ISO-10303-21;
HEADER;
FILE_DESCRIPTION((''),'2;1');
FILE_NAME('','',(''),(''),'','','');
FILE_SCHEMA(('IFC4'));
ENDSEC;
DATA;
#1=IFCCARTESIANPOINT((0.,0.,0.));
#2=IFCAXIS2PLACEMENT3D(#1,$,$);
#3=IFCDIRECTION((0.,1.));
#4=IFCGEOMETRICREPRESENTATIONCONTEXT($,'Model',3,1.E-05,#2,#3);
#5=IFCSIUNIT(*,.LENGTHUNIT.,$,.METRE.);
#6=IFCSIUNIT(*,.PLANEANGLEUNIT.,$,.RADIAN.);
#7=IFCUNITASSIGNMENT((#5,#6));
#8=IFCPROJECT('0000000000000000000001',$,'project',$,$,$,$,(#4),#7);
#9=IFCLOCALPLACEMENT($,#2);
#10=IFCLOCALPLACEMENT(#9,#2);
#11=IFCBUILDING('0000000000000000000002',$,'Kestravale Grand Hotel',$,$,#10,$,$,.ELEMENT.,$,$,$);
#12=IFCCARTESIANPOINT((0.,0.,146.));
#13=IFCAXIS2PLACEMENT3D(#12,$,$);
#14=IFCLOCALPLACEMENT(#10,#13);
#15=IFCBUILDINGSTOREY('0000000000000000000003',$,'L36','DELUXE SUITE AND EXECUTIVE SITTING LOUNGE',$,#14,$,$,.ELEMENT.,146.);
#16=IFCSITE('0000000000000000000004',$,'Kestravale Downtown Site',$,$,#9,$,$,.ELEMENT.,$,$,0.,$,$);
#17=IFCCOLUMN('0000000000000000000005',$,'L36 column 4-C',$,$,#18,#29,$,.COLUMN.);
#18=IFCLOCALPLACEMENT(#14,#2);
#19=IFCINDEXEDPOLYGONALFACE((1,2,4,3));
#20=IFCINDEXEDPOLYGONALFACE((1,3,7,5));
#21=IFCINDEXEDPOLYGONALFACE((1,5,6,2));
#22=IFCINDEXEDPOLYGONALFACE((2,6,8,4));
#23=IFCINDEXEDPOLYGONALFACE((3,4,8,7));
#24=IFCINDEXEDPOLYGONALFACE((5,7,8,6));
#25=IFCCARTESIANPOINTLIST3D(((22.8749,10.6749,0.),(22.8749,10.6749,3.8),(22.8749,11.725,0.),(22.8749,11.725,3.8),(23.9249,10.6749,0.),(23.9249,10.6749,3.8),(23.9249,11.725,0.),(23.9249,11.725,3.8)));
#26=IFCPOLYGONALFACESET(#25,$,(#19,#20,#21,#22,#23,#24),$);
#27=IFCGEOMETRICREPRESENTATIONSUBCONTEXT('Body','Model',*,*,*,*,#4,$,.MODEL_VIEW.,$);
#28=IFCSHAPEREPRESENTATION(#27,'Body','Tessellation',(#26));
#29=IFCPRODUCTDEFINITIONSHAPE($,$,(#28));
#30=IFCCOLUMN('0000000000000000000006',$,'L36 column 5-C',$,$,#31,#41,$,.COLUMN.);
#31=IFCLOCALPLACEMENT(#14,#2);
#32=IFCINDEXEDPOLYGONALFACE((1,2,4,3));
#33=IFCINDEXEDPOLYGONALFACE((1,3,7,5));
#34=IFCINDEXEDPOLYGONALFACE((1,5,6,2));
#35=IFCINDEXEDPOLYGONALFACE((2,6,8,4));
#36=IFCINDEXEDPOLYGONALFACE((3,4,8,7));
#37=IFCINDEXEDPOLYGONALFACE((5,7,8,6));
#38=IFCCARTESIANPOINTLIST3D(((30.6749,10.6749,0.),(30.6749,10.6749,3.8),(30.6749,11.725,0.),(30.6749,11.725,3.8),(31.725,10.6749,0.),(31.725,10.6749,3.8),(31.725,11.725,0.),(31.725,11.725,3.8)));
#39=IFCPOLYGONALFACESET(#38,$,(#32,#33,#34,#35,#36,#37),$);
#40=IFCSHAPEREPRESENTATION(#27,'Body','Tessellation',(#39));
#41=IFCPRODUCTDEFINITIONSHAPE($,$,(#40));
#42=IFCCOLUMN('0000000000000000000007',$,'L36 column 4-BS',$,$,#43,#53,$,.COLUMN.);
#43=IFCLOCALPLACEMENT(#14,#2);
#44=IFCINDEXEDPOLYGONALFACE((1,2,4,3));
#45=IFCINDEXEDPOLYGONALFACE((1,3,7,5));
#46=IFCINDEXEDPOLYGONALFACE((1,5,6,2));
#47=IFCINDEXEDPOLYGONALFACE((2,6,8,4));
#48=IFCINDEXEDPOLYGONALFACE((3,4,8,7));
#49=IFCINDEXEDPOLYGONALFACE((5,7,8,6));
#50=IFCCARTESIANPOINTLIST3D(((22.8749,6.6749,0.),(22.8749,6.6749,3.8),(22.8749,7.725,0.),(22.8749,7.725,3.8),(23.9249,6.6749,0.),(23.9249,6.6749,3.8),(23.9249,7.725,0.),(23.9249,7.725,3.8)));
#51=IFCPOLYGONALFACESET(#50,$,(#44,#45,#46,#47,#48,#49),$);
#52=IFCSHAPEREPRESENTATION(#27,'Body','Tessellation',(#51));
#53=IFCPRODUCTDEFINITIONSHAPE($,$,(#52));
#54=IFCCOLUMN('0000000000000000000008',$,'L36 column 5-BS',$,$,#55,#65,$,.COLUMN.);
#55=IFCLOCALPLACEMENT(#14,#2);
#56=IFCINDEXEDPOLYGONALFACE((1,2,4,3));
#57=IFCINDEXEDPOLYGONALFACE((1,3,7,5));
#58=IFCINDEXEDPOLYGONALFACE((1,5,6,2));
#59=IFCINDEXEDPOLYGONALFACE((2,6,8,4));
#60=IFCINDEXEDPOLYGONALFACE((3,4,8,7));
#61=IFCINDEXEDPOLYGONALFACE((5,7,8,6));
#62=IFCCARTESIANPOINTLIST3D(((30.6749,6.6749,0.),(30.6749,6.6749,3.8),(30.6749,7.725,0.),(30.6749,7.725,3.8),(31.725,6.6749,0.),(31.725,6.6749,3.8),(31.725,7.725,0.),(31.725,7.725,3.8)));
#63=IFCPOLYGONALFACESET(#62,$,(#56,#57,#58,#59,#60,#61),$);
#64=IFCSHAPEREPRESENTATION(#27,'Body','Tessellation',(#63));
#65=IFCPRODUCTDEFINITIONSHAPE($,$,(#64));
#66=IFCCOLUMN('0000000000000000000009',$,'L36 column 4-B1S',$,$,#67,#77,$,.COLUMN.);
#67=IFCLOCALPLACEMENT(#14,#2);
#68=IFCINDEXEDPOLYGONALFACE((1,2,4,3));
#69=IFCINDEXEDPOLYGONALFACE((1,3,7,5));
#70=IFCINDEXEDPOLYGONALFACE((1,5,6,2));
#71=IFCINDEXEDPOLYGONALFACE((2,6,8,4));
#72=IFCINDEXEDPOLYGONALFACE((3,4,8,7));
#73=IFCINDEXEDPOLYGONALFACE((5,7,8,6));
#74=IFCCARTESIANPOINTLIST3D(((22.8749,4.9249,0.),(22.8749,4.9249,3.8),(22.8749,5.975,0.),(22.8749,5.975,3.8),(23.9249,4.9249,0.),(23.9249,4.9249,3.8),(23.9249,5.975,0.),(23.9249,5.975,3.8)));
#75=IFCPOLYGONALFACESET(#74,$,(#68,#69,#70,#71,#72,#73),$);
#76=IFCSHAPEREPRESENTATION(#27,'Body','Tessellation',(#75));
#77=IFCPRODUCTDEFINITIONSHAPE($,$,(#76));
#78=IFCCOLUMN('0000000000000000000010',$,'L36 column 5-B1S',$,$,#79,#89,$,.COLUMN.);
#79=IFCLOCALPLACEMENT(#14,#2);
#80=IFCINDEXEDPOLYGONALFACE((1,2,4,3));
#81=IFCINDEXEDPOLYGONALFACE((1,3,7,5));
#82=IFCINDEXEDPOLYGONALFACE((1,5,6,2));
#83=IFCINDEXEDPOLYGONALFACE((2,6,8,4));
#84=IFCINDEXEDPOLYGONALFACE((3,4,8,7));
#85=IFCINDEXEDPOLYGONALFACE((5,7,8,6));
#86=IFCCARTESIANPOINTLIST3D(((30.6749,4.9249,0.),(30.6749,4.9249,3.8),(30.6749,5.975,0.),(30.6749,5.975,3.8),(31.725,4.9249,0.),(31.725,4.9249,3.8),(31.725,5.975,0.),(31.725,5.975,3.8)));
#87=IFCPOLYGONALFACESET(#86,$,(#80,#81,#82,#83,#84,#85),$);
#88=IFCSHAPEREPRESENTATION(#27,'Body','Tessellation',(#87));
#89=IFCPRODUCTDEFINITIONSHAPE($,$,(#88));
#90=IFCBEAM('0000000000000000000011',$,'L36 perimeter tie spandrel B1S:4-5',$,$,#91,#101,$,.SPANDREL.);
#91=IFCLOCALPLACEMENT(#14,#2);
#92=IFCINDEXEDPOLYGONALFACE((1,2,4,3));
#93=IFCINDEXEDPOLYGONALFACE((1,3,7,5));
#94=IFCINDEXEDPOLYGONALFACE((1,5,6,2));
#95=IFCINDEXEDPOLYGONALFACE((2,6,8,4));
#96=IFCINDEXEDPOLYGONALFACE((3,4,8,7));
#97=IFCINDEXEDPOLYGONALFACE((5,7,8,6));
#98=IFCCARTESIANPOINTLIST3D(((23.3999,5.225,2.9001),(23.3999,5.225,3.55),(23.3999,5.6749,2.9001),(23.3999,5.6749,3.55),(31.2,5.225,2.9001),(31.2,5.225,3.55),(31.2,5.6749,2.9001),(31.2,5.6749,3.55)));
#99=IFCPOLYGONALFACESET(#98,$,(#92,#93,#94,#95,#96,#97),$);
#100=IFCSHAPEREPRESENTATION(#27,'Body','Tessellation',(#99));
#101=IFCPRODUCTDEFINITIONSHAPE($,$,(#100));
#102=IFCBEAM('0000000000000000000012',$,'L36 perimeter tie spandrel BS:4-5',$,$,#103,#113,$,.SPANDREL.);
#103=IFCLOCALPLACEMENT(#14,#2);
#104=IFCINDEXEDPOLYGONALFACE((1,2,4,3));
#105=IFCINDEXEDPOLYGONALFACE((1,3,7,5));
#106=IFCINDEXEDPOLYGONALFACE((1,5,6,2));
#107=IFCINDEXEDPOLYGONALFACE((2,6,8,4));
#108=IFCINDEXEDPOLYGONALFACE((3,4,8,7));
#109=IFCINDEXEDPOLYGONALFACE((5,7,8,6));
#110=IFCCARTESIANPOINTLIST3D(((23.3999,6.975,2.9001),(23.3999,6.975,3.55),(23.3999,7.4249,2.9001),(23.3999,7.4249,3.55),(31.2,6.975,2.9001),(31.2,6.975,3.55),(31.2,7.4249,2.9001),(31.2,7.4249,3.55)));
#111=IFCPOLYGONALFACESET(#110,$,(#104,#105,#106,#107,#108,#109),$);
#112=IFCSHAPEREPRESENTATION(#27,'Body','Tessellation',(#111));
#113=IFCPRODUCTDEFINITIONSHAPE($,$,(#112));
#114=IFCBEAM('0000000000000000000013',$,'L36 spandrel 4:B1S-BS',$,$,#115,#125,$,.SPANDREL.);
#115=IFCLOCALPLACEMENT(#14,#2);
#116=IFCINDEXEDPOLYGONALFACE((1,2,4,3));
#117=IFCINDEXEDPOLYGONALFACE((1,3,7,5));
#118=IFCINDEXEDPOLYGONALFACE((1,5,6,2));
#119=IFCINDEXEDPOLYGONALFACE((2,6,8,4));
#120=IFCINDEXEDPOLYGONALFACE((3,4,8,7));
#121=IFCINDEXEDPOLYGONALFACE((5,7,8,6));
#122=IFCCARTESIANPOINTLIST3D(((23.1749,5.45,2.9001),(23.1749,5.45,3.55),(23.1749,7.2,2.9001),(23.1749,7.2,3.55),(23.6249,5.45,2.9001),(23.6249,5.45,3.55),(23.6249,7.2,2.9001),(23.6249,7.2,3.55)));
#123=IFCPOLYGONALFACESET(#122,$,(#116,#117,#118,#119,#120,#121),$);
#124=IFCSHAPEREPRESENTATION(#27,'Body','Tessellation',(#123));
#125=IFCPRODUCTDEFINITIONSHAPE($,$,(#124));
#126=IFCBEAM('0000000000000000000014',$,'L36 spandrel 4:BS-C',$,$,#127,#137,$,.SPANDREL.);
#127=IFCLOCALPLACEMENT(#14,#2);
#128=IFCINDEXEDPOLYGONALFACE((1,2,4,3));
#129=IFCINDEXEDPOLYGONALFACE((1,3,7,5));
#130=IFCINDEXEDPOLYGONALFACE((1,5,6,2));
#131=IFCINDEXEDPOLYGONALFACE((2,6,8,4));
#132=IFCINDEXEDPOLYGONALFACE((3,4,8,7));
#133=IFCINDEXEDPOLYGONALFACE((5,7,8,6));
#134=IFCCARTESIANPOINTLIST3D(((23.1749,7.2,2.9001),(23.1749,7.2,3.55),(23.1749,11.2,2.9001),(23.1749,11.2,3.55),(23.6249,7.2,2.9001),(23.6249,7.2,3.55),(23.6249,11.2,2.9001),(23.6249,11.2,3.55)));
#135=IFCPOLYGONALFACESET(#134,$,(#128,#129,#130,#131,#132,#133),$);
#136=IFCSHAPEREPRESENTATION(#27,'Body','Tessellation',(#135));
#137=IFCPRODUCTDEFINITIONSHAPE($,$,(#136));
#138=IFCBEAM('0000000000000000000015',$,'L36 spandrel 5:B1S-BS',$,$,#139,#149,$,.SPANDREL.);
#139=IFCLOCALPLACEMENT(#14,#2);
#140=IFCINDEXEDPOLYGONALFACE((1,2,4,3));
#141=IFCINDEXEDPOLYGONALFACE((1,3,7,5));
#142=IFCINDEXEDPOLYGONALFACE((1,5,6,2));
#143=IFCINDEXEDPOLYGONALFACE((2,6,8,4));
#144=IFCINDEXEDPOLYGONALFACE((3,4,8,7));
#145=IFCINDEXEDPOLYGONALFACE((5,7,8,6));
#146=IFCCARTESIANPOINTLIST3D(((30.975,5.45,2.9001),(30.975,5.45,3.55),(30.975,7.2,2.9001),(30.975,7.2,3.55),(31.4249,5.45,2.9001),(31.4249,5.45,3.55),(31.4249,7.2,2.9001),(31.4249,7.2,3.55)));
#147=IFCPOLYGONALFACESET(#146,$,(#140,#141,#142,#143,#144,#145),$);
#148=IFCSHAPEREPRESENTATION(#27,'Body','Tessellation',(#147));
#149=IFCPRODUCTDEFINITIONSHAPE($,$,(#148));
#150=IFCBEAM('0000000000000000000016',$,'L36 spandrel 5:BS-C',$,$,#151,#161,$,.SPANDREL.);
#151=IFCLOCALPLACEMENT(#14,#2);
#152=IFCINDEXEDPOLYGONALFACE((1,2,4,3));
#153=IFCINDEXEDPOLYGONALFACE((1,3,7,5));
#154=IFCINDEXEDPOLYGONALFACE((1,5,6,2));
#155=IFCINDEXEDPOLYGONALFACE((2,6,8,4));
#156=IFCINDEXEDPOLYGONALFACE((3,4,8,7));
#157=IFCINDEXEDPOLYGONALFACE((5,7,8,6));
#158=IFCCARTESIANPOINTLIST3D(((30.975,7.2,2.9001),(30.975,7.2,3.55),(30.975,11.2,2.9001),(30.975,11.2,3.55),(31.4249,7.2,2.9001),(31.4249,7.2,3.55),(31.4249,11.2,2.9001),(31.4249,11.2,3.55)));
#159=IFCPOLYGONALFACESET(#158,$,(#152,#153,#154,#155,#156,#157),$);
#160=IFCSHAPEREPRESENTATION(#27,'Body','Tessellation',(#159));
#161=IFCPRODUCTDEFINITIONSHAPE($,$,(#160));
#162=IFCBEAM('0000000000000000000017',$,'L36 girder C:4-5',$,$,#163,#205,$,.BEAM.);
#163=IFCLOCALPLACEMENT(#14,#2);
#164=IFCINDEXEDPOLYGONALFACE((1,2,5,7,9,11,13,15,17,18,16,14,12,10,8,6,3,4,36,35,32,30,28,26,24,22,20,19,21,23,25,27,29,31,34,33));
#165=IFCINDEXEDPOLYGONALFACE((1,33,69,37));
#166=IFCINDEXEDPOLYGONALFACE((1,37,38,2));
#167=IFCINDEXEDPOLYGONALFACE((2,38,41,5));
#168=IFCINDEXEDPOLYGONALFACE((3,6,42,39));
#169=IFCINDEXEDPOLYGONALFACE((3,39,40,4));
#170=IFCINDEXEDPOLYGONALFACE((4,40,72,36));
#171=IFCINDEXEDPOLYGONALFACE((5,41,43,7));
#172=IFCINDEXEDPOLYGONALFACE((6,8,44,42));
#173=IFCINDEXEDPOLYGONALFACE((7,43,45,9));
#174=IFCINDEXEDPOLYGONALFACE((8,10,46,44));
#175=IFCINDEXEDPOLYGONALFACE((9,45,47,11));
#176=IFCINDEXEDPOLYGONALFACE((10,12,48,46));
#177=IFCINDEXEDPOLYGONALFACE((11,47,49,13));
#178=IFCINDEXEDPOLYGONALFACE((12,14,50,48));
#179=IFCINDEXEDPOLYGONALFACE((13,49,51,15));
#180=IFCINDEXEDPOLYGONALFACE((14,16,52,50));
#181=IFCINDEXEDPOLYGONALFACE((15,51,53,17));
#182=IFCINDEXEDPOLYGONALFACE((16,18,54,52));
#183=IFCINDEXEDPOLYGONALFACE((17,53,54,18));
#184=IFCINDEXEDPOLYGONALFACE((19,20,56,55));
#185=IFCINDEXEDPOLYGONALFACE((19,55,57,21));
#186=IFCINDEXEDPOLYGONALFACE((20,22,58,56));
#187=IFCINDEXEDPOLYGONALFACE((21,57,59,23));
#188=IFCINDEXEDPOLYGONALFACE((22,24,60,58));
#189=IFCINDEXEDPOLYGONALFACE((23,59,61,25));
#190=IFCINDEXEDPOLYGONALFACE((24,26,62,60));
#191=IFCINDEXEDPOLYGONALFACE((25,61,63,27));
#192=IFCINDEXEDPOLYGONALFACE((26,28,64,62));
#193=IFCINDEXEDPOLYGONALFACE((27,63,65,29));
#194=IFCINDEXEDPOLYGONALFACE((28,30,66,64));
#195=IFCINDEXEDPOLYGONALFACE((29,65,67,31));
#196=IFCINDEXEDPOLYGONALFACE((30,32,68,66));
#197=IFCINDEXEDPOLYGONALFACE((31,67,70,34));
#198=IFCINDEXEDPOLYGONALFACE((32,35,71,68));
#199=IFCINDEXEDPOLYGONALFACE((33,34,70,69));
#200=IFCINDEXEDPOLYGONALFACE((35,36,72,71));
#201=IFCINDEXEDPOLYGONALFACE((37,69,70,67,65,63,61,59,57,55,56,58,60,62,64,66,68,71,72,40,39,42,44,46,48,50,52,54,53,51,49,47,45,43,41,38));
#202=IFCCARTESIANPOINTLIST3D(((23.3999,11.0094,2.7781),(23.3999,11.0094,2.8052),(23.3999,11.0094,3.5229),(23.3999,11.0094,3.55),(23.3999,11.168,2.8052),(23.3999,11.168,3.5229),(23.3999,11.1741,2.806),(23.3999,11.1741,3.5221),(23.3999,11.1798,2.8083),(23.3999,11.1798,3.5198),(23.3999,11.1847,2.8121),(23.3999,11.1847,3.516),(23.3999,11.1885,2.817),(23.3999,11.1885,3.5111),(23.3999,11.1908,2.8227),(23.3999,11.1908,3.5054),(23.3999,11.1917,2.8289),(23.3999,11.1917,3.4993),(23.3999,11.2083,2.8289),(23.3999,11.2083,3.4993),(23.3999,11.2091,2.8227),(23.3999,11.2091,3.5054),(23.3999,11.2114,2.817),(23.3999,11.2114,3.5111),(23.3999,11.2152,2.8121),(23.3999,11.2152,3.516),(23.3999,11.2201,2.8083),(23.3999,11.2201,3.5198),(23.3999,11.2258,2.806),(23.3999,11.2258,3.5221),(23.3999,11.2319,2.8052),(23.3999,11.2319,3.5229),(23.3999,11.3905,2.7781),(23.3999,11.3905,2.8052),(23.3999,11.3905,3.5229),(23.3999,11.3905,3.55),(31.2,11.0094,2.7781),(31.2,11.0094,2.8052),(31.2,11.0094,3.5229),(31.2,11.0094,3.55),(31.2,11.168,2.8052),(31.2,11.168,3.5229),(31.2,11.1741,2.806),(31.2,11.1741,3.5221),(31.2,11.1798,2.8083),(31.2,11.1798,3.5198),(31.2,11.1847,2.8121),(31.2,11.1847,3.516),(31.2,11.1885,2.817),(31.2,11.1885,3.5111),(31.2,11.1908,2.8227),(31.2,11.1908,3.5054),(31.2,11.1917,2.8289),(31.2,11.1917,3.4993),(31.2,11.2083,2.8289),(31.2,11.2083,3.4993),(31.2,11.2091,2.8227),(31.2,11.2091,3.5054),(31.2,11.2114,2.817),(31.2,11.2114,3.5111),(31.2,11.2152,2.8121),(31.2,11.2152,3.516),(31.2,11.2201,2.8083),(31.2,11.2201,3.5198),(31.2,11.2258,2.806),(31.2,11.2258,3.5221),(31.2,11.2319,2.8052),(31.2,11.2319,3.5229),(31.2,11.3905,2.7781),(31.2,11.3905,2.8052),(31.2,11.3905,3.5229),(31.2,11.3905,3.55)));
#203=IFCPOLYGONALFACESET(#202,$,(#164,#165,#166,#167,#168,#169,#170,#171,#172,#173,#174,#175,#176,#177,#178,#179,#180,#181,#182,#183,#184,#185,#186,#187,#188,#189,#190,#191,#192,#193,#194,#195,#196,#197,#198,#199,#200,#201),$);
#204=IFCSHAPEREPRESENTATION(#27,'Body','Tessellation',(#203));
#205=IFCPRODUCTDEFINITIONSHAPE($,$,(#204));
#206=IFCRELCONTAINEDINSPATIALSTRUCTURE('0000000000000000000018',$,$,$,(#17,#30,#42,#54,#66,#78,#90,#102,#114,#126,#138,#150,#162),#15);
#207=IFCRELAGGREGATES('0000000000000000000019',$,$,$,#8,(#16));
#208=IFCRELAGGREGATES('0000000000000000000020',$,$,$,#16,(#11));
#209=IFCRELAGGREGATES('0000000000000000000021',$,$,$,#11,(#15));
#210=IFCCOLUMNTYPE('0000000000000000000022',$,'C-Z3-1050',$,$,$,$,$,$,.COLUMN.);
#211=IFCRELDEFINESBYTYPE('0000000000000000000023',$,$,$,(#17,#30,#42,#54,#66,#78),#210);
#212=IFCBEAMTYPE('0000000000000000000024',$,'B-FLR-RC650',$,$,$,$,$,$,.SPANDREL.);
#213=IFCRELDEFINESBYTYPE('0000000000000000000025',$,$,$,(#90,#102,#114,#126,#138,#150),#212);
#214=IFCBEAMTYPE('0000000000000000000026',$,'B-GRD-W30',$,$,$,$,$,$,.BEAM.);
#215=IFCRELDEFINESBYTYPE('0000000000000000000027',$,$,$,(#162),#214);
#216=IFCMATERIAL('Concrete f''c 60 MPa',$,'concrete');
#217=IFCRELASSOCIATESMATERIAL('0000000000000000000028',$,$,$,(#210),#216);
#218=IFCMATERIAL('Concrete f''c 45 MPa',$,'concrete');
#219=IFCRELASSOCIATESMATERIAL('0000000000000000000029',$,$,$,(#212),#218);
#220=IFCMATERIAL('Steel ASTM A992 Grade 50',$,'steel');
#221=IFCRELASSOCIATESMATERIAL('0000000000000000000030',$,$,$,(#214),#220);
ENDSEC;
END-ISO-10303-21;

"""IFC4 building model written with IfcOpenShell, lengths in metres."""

from ifc_helpers import new_model, si_unit, direction, frame, origin, origin_2d, place, context, subcontext, project, spatial, rectangle, i_section, extrude, material, material_profile, profile_set, type_object, element, save


model = new_model("IFC4")

# Units and contexts
model_context = context("Model", 3, precision=1e-05, world=origin(), true_north=direction((0.0, 1.0)))
body_context = subcontext(model_context, "Body", "Model", "MODEL_VIEW")
ifc_project = project(units=[si_unit("LENGTHUNIT", "METRE"), si_unit("PLANEANGLEUNIT", "RADIAN")], contexts=[model_context])

# Site, building, storey
site_placement = place(None, origin())
site = spatial("IfcSite", under=ifc_project, at=site_placement, Name="Kestravale Downtown Site", CompositionType="ELEMENT", RefElevation=0.0)
building_placement = place(site_placement, origin())
building = spatial("IfcBuilding", under=site, at=building_placement, Name="Kestravale Grand Hotel", CompositionType="ELEMENT")
storey_placement = place(building_placement, frame((0.0, 0.0, 146.0)))
storey = spatial("IfcBuildingStorey", under=building, at=storey_placement, Name="L36", Description="DELUXE SUITE AND EXECUTIVE SITTING LOUNGE", CompositionType="ELEMENT", Elevation=146.0)

# Columns
ifc_material_1 = material(Name="Concrete f'c 60 MPa", Category="concrete")
ifc_material_profile_1 = material_profile(ifc_material_1, rectangle(XDim=1.05, YDim=1.05, at=origin_2d()))
ifc_profile_set_1 = profile_set([ifc_material_profile_1], Name="Concrete f'c 60 MPa")
column_type = type_object("IfcColumnType", Name="C-Z3-1050", PredefinedType="COLUMN", material=ifc_profile_set_1)
for number, where, z_axis, x_axis, name in (
    (1, (23.3999, 11.2, 0.0), (0.0, 0.0, 1.0), (1.0, 0.0, 0.0), "L36 column 4-C"),
    (2, (31.2, 11.2, 0.0), (0.0, 0.0, 1.0), (1.0, 0.0, 0.0), "L36 column 5-C"),
    (3, (23.3999, 7.2, 0.0), (0.0, 0.0, 1.0), (1.0, 0.0, 0.0), "L36 column 4-BS"),
    (4, (31.2, 7.2, 0.0), (0.0, 0.0, 1.0), (1.0, 0.0, 0.0), "L36 column 5-BS"),
    (5, (23.3999, 5.45, 0.0), (0.0, 0.0, 1.0), (1.0, 0.0, 0.0), "L36 column 4-B1S"),
    (6, (31.2, 5.45, 0.0), (0.0, 0.0, 1.0), (1.0, 0.0, 0.0), "L36 column 5-B1S"),
):
    element("IfcColumn", number, at=place(storey_placement, frame(where, z_axis=z_axis, x_axis=x_axis)), inside=storey, type_object=column_type, Name=name, PredefinedType="COLUMN", context=body_context, shape_type="SweptSolid", body=[
        extrude(rectangle(XDim=1.05, YDim=1.05, at=origin_2d()), origin(), (0.0, 0.0, 1.0), 3.8),
    ])

# Beams
ifc_material_2 = material(Name="Concrete f'c 45 MPa", Category="concrete")
ifc_material_profile_2 = material_profile(ifc_material_2, rectangle(XDim=0.45, YDim=0.6499, at=origin_2d()))
ifc_profile_set_2 = profile_set([ifc_material_profile_2], Name="Concrete f'c 45 MPa")
beam_type_1 = type_object("IfcBeamType", Name="B-FLR-RC650", PredefinedType="SPANDREL", material=ifc_profile_set_2)
for number, where, z_axis, x_axis, name in (
    (7, (23.3999, 5.45, 3.2251), (1.0, 0.0, 0.0), (0.0, 1.0, 0.0), "L36 perimeter tie spandrel B1S:4-5"),
    (8, (23.3999, 7.2, 3.2251), (1.0, 0.0, 0.0), (0.0, 1.0, 0.0), "L36 perimeter tie spandrel BS:4-5"),
):
    element("IfcBeam", number, at=place(storey_placement, frame(where, z_axis=z_axis, x_axis=x_axis)), inside=storey, type_object=beam_type_1, Name=name, PredefinedType="SPANDREL", context=body_context, shape_type="SweptSolid", body=[
        extrude(rectangle(XDim=0.45, YDim=0.6499, at=origin_2d()), origin(), (0.0, 0.0, 1.0), 7.8),
    ])
beam_1_placement = place(storey_placement, frame((23.3999, 5.45, 3.2251), z_axis=(0.0, 1.0, 0.0), x_axis=(-1.0, 0.0, 0.0)))
element("IfcBeam", 9, at=beam_1_placement, inside=storey, type_object=beam_type_1, Name="L36 spandrel 4:B1S-BS", PredefinedType="SPANDREL", context=body_context, shape_type="SweptSolid", body=[
    extrude(rectangle(XDim=0.45, YDim=0.6499, at=origin_2d()), origin(), (0.0, 0.0, 1.0), 1.75),
])
beam_2_placement = place(storey_placement, frame((23.3999, 7.2, 3.2251), z_axis=(0.0, 1.0, 0.0), x_axis=(-1.0, 0.0, 0.0)))
element("IfcBeam", 10, at=beam_2_placement, inside=storey, type_object=beam_type_1, Name="L36 spandrel 4:BS-C", PredefinedType="SPANDREL", context=body_context, shape_type="SweptSolid", body=[
    extrude(rectangle(XDim=0.45, YDim=0.6499, at=origin_2d()), origin(), (0.0, 0.0, 1.0), 4.0),
])
beam_3_placement = place(storey_placement, frame((31.2, 5.45, 3.2251), z_axis=(0.0, 1.0, 0.0), x_axis=(-1.0, 0.0, 0.0)))
element("IfcBeam", 11, at=beam_3_placement, inside=storey, type_object=beam_type_1, Name="L36 spandrel 5:B1S-BS", PredefinedType="SPANDREL", context=body_context, shape_type="SweptSolid", body=[
    extrude(rectangle(XDim=0.45, YDim=0.6499, at=origin_2d()), origin(), (0.0, 0.0, 1.0), 1.75),
])
beam_4_placement = place(storey_placement, frame((31.2, 7.2, 3.2251), z_axis=(0.0, 1.0, 0.0), x_axis=(-1.0, 0.0, 0.0)))
element("IfcBeam", 12, at=beam_4_placement, inside=storey, type_object=beam_type_1, Name="L36 spandrel 5:BS-C", PredefinedType="SPANDREL", context=body_context, shape_type="SweptSolid", body=[
    extrude(rectangle(XDim=0.45, YDim=0.6499, at=origin_2d()), origin(), (0.0, 0.0, 1.0), 4.0),
])
ifc_material_3 = material(Name="Steel ASTM A992 Grade 50", Category="steel")
ifc_material_profile_3 = material_profile(ifc_material_3, i_section(OverallWidth=0.3811, OverallDepth=0.772, WebThickness=0.0166, FlangeThickness=0.0271, FilletRadius=0.0237, at=origin_2d()))
ifc_profile_set_3 = profile_set([ifc_material_profile_3], Name="Steel ASTM A992 Grade 50")
beam_type_2 = type_object("IfcBeamType", Name="B-GRD-W30", PredefinedType="BEAM", material=ifc_profile_set_3)
beam_5_placement = place(storey_placement, frame((23.3999, 11.2, 3.1641), z_axis=(1.0, 0.0, 0.0), x_axis=(0.0, 1.0, 0.0)))
element("IfcBeam", 13, at=beam_5_placement, inside=storey, type_object=beam_type_2, Name="L36 girder C:4-5", PredefinedType="BEAM", context=body_context, shape_type="SweptSolid", body=[
    extrude(i_section(OverallWidth=0.3811, OverallDepth=0.772, WebThickness=0.0166, FlangeThickness=0.0271, FilletRadius=0.0237, at=origin_2d()), origin(), (0.0, 0.0, 1.0), 7.8),
])

save(model, "model.ifc")
